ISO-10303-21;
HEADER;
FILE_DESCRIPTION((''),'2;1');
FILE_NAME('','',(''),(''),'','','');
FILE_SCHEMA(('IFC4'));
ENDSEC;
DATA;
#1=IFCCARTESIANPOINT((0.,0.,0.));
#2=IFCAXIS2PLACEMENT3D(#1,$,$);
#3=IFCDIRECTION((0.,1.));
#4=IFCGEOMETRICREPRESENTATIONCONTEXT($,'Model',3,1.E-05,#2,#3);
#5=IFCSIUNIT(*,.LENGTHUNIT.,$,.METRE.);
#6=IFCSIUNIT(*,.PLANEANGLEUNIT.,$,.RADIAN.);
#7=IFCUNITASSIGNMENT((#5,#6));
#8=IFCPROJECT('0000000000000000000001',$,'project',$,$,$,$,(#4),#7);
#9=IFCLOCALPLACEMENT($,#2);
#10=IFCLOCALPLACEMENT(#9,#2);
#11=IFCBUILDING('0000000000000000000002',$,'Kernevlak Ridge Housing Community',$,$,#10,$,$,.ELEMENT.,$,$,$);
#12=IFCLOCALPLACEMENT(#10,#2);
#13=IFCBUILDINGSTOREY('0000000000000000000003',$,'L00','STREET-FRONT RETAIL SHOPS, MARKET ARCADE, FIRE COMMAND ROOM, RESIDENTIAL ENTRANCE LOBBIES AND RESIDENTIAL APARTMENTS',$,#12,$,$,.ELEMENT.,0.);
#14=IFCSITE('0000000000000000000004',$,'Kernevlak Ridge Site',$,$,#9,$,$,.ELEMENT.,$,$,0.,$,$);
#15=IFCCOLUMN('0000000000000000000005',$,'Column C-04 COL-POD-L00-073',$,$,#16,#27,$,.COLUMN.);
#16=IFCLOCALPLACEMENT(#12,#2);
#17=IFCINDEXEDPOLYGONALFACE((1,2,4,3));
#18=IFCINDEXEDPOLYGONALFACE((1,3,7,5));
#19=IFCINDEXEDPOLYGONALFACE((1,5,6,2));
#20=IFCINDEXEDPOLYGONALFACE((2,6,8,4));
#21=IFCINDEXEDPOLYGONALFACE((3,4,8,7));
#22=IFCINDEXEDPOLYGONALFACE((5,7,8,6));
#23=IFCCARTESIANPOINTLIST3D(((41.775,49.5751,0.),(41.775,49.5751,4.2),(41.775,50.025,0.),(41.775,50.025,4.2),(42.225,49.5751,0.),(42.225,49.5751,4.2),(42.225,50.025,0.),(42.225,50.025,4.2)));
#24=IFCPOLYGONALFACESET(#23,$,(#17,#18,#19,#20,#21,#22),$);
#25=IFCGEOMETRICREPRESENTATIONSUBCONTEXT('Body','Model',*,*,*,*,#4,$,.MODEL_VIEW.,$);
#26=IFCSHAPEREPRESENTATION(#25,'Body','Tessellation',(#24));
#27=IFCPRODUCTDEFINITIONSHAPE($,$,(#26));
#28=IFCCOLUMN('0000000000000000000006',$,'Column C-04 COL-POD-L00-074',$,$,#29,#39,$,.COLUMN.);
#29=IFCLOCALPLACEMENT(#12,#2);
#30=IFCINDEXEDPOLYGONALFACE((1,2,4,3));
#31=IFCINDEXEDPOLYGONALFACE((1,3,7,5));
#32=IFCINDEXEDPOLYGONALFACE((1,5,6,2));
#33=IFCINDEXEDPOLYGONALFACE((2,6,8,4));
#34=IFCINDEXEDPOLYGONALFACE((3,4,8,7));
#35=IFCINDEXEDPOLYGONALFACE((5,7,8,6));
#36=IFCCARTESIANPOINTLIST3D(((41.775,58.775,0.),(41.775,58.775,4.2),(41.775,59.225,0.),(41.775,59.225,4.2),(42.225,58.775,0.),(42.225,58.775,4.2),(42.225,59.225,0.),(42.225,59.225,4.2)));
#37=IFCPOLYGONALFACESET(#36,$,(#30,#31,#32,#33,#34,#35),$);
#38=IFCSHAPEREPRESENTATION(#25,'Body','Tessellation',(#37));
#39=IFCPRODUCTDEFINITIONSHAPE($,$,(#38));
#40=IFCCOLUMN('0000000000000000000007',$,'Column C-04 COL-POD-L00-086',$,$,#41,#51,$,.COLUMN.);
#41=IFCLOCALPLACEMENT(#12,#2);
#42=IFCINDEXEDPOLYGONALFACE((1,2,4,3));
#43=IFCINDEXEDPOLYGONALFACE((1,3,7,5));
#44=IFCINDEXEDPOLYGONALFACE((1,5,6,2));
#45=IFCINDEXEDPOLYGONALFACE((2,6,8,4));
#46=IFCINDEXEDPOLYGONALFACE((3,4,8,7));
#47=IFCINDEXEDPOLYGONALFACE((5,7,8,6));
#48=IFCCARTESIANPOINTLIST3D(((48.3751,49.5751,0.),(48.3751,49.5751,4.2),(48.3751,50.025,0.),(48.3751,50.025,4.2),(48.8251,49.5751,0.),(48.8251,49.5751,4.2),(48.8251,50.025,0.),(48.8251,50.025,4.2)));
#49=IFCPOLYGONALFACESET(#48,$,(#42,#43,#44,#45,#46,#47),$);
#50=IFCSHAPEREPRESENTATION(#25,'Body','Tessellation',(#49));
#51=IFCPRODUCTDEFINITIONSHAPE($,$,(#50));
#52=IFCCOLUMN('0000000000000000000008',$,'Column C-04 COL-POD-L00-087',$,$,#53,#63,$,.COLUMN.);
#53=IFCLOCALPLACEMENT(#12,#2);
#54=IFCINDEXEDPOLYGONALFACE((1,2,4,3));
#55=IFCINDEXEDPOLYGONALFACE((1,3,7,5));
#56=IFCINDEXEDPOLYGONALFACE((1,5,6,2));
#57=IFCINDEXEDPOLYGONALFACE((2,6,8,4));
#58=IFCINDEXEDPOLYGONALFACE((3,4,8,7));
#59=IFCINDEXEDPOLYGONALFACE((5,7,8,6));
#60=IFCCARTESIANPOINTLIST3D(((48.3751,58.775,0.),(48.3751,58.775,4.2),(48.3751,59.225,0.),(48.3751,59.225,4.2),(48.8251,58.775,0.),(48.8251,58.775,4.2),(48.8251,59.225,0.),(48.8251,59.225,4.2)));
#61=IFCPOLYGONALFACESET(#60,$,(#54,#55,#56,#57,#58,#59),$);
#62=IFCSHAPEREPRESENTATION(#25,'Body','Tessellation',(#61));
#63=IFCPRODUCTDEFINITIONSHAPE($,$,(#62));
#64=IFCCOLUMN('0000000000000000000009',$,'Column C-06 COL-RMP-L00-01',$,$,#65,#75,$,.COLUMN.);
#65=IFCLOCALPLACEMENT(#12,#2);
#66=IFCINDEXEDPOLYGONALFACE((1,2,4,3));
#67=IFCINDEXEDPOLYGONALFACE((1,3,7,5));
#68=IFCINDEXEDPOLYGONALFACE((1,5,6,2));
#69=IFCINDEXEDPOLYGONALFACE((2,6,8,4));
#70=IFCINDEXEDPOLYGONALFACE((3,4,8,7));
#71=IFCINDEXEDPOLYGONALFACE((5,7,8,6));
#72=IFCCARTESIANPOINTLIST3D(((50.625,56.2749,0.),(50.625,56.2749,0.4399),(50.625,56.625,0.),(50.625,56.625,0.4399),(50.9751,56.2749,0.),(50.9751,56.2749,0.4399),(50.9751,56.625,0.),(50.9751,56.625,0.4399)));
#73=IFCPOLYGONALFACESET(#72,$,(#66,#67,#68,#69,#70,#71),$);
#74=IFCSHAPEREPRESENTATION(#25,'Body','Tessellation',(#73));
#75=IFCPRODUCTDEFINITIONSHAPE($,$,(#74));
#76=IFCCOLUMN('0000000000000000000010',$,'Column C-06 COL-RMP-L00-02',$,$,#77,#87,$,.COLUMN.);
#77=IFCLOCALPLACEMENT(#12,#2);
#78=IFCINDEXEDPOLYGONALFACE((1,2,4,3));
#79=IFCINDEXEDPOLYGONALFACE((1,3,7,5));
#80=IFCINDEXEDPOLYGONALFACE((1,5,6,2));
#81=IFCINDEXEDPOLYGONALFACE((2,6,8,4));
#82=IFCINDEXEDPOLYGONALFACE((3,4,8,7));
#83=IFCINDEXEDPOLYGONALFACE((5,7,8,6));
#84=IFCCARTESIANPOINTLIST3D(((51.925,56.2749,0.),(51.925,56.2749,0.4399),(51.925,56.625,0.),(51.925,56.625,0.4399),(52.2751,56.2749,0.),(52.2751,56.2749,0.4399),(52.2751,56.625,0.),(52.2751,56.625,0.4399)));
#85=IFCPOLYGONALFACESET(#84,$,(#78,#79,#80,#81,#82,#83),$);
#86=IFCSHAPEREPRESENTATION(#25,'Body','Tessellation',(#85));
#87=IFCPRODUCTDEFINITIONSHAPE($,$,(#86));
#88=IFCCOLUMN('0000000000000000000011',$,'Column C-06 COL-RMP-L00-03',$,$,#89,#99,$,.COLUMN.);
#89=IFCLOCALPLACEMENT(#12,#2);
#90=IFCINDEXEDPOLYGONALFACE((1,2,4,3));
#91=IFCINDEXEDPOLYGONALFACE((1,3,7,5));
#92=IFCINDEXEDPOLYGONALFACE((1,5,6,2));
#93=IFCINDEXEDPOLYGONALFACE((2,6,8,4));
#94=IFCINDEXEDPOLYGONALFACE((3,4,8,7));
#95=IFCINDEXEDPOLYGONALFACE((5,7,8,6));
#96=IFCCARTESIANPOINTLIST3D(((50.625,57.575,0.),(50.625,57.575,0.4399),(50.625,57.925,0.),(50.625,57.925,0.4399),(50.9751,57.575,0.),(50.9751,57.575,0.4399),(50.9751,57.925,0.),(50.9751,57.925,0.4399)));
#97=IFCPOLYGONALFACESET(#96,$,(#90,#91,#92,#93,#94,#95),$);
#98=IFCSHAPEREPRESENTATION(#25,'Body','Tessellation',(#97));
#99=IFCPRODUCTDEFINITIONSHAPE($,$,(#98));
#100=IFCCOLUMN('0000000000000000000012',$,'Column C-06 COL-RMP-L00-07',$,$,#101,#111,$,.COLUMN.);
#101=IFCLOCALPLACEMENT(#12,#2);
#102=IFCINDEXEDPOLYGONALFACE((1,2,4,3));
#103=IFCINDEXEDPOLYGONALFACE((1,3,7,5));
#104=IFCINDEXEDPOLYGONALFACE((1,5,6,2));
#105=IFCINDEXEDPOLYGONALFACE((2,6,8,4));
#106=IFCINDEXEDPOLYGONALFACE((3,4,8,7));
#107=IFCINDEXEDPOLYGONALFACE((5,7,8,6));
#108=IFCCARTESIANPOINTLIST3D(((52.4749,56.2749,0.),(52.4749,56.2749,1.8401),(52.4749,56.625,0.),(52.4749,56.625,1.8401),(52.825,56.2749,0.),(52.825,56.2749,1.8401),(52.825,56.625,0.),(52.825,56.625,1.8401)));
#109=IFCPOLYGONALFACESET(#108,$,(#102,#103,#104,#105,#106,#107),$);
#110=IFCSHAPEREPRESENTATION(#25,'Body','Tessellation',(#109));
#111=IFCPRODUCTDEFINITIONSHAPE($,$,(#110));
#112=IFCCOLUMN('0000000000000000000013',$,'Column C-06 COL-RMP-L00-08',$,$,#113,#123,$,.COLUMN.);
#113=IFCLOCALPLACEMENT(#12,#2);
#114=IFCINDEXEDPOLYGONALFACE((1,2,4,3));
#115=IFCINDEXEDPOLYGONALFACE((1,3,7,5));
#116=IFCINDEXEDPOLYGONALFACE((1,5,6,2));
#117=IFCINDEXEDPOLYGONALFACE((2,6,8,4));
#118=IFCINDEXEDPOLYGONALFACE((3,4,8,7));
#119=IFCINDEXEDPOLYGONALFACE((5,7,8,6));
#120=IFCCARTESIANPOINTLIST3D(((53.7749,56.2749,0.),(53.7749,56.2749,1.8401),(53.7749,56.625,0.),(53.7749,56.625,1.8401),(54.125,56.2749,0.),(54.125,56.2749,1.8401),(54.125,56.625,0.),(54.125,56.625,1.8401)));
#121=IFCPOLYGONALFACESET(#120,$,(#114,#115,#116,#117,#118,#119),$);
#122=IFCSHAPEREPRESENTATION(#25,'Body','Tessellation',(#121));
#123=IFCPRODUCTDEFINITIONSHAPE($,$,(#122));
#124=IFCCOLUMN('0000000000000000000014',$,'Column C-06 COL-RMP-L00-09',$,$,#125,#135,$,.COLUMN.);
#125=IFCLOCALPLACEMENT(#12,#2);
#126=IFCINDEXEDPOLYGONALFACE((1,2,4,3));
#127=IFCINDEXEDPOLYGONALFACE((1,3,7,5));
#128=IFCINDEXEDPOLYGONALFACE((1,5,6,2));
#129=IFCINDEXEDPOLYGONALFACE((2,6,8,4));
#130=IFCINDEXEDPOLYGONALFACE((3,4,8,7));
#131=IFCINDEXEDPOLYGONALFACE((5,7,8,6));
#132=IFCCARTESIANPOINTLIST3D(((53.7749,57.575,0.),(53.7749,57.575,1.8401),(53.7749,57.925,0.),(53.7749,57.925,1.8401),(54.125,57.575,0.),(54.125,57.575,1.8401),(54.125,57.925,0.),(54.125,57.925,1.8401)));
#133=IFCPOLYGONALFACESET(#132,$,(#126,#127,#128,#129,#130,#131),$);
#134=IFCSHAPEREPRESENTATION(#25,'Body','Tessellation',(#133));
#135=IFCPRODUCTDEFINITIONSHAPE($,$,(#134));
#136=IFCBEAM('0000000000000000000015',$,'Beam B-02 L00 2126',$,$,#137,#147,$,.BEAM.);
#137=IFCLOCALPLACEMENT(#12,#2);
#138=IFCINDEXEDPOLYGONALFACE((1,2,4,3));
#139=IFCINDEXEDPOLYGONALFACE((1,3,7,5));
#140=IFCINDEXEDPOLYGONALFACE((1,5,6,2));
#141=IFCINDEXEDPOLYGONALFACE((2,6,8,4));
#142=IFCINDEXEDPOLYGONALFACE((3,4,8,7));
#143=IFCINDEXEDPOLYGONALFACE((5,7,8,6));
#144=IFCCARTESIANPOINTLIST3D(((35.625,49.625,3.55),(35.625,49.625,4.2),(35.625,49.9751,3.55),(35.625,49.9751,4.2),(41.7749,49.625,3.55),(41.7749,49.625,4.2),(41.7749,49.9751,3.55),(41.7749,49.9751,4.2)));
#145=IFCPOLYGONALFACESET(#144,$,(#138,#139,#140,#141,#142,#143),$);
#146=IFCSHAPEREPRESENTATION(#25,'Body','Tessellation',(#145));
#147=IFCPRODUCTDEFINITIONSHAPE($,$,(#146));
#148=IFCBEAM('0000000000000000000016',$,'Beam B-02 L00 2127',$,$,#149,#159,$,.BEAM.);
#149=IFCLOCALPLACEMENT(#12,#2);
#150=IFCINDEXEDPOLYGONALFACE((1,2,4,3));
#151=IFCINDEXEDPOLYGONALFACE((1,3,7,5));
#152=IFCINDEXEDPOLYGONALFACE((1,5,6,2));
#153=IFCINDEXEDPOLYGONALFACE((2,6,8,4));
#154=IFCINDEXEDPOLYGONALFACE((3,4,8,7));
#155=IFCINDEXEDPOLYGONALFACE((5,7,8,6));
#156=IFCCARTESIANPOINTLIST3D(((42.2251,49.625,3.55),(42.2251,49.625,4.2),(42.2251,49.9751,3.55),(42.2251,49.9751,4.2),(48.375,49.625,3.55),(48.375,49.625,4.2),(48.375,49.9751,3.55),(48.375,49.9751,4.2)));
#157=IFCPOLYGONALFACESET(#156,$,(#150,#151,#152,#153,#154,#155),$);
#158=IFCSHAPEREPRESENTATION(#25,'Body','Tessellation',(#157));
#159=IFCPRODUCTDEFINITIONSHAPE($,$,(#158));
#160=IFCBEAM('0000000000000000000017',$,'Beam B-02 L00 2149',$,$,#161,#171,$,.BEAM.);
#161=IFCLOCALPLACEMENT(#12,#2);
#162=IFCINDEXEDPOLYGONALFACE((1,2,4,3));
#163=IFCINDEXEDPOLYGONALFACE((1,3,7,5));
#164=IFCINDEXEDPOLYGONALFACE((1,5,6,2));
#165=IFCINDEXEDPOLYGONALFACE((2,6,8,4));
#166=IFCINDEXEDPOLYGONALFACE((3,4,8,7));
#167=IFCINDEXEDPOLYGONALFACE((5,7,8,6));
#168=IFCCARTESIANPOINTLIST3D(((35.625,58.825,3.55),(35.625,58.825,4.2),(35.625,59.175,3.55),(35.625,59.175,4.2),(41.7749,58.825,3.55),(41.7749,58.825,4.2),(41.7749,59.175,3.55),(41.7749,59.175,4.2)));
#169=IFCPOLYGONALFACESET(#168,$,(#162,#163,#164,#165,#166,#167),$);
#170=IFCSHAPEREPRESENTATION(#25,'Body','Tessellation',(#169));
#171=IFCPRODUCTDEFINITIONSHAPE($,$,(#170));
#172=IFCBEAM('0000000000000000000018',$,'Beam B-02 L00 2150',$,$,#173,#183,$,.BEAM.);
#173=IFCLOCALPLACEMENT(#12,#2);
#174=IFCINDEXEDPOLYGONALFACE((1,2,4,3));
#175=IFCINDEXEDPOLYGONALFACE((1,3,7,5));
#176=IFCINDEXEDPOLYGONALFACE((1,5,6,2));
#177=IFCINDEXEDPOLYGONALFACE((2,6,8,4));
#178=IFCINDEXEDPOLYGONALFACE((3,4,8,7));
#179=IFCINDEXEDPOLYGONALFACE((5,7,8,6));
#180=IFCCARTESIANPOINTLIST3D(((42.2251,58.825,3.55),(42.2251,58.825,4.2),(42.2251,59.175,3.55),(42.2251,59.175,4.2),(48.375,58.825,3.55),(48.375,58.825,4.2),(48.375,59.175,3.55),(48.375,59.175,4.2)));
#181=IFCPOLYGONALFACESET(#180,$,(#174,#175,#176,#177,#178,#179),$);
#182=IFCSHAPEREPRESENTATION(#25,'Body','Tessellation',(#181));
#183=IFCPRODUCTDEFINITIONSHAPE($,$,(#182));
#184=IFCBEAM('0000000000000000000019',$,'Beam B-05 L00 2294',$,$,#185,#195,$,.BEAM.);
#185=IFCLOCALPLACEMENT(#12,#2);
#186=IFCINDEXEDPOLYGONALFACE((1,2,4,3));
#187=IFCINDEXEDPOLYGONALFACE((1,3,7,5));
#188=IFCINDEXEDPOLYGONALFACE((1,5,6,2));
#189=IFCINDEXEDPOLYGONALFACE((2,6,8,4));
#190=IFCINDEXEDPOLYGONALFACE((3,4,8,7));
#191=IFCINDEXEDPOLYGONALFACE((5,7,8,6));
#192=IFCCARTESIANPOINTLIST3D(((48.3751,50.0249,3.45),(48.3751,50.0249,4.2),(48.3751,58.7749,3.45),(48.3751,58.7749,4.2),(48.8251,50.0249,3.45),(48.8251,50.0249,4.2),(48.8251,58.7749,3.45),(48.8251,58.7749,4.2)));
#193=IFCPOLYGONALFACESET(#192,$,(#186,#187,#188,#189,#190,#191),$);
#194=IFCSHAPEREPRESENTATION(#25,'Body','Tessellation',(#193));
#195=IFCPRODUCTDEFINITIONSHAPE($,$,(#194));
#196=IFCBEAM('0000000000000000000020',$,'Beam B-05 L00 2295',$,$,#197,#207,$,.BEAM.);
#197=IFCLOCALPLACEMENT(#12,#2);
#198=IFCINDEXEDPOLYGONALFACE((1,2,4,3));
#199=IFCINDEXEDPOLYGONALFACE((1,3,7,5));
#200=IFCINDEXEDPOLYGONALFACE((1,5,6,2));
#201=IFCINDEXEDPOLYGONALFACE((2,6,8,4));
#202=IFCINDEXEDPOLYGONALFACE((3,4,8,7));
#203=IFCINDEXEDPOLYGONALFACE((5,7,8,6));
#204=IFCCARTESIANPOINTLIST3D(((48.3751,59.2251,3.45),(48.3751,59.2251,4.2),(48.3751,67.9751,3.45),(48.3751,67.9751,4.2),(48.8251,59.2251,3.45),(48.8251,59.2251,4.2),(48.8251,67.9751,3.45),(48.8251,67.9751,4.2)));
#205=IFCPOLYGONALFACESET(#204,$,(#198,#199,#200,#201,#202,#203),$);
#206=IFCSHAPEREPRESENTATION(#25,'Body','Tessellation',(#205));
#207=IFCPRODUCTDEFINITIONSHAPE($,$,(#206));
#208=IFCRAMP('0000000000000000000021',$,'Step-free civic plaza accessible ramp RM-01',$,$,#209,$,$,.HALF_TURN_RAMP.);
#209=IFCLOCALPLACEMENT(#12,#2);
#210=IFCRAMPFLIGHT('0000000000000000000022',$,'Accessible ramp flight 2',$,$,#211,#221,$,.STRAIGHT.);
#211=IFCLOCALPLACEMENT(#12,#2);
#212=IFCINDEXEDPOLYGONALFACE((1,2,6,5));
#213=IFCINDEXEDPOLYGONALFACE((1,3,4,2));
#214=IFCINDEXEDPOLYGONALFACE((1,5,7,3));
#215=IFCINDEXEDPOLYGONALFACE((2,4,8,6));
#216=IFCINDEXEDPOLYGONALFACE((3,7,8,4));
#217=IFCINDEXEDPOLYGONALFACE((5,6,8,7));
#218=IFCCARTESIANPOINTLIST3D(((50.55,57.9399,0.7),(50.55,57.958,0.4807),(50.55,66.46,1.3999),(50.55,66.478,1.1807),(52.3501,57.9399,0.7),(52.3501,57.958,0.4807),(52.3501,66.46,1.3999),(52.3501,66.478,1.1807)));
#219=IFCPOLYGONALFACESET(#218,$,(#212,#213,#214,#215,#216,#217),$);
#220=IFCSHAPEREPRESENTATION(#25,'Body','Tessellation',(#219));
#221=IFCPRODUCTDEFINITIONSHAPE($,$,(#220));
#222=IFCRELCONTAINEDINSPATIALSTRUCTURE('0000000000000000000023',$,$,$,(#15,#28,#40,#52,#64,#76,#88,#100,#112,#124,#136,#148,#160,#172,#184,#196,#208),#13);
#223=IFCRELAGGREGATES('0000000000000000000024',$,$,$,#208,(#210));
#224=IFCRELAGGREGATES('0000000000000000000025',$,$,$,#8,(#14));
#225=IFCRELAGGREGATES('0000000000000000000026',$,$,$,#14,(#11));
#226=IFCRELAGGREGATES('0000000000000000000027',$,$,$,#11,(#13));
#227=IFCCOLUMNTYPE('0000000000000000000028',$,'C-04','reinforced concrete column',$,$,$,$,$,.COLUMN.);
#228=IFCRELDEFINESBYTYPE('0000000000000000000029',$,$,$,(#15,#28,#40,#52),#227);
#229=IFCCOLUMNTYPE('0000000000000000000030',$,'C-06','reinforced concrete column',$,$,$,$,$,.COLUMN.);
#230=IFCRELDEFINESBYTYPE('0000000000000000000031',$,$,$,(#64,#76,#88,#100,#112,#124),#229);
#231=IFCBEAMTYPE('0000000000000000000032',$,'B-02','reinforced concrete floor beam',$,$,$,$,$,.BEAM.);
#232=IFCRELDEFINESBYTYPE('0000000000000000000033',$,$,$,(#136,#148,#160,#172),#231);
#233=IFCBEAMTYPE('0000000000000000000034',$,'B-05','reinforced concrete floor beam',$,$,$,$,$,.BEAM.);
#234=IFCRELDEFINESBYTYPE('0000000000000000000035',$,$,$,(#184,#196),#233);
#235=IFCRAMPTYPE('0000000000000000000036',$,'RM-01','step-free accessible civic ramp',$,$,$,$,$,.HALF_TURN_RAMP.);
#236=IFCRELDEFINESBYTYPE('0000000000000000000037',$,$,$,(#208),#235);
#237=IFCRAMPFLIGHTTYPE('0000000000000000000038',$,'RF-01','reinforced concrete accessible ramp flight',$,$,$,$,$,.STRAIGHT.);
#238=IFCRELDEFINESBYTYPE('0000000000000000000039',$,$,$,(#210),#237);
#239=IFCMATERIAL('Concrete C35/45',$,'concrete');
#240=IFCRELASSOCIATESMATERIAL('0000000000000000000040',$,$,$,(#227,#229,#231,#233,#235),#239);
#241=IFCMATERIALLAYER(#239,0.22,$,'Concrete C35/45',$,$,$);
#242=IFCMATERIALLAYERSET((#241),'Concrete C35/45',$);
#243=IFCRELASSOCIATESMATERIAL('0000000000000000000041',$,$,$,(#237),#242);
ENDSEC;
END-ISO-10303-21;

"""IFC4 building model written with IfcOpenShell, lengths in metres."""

from ifc_helpers import new_model, si_unit, direction, frame, origin, origin_2d, place, context, subcontext, project, spatial, polyline, rectangle, outline, extrude, material, layer, layer_set, material_profile, profile_set, type_object, element, aggregate, save


model = new_model("IFC4")

# Units and contexts
model_context = context("Model", 3, precision=1e-05, world=origin(), true_north=direction((0.0, 1.0)))
body_context = subcontext(model_context, "Body", "Model", "MODEL_VIEW")
ifc_project = project(units=[si_unit("LENGTHUNIT", "METRE"), si_unit("PLANEANGLEUNIT", "RADIAN")], contexts=[model_context])

# Site, building, storey
site_placement = place(None, origin())
site = spatial("IfcSite", under=ifc_project, at=site_placement, Name="Kernevlak Ridge Site", CompositionType="ELEMENT", RefElevation=0.0)
building_placement = place(site_placement, origin())
building = spatial("IfcBuilding", under=site, at=building_placement, Name="Kernevlak Ridge Housing Community", CompositionType="ELEMENT")
storey_placement = place(building_placement, origin())
storey = spatial("IfcBuildingStorey", under=building, at=storey_placement, Name="L00", Description="STREET-FRONT RETAIL SHOPS, MARKET ARCADE, FIRE COMMAND ROOM, RESIDENTIAL ENTRANCE LOBBIES AND RESIDENTIAL APARTMENTS", CompositionType="ELEMENT", Elevation=0.0)

# Columns
ifc_material_1 = material(Name="Concrete C35/45", Category="concrete")
ifc_material_profile_1 = material_profile(ifc_material_1, rectangle(XDim=0.45, YDim=0.45, at=origin_2d()), Name="RC 450x450")
ifc_profile_set_1 = profile_set([ifc_material_profile_1], Name="Concrete C35/45")
column_type_1 = type_object("IfcColumnType", Name="C-04", Description="reinforced concrete column", PredefinedType="COLUMN", material=ifc_profile_set_1)
for number, where, z_axis, x_axis, name in (
    (1, (42.0, 49.8, 0.0), (0.0, 0.0, 1.0), (1.0, 0.0, 0.0), "Column C-04 COL-POD-L00-073"),
    (2, (42.0, 59.0, 0.0), (0.0, 0.0, 1.0), (1.0, 0.0, 0.0), "Column C-04 COL-POD-L00-074"),
    (3, (48.6001, 49.8, 0.0), (0.0, 0.0, 1.0), (1.0, 0.0, 0.0), "Column C-04 COL-POD-L00-086"),
    (4, (48.6001, 59.0, 0.0), (0.0, 0.0, 1.0), (1.0, 0.0, 0.0), "Column C-04 COL-POD-L00-087"),
):
    element("IfcColumn", number, at=place(storey_placement, frame(where, z_axis=z_axis, x_axis=x_axis)), inside=storey, type_object=column_type_1, Name=name, PredefinedType="COLUMN", context=body_context, shape_type="SweptSolid", body=[
        extrude(rectangle(XDim=0.45, YDim=0.45, at=origin_2d()), origin(), (0.0, 0.0, 1.0), 4.2),
    ])
ifc_material_profile_2 = material_profile(ifc_material_1, rectangle(XDim=0.3501, YDim=0.3501, at=origin_2d()), Name="RC 350x350")
ifc_profile_set_2 = profile_set([ifc_material_profile_2], Name="Concrete C35/45")
column_type_2 = type_object("IfcColumnType", Name="C-06", Description="reinforced concrete column", PredefinedType="COLUMN", material=ifc_profile_set_2)
for number, where, z_axis, x_axis, name in (
    (5, (50.8, 56.45, 0.0), (0.0, 0.0, 1.0), (1.0, 0.0, 0.0), "Column C-06 COL-RMP-L00-01"),
    (6, (52.1001, 56.45, 0.0), (0.0, 0.0, 1.0), (1.0, 0.0, 0.0), "Column C-06 COL-RMP-L00-02"),
    (7, (50.8, 57.75, 0.0), (0.0, 0.0, 1.0), (1.0, 0.0, 0.0), "Column C-06 COL-RMP-L00-03"),
):
    element("IfcColumn", number, at=place(storey_placement, frame(where, z_axis=z_axis, x_axis=x_axis)), inside=storey, type_object=column_type_2, Name=name, PredefinedType="COLUMN", context=body_context, shape_type="SweptSolid", body=[
        extrude(rectangle(XDim=0.3501, YDim=0.3501, at=origin_2d()), origin(), (0.0, 0.0, 1.0), 0.4399),
    ])
for number, where, z_axis, x_axis, name in (
    (8, (52.6499, 56.45, 0.0), (0.0, 0.0, 1.0), (1.0, 0.0, 0.0), "Column C-06 COL-RMP-L00-07"),
    (9, (53.95, 56.45, 0.0), (0.0, 0.0, 1.0), (1.0, 0.0, 0.0), "Column C-06 COL-RMP-L00-08"),
    (10, (53.95, 57.75, 0.0), (0.0, 0.0, 1.0), (1.0, 0.0, 0.0), "Column C-06 COL-RMP-L00-09"),
):
    element("IfcColumn", number, at=place(storey_placement, frame(where, z_axis=z_axis, x_axis=x_axis)), inside=storey, type_object=column_type_2, Name=name, PredefinedType="COLUMN", context=body_context, shape_type="SweptSolid", body=[
        extrude(rectangle(XDim=0.3501, YDim=0.3501, at=origin_2d()), origin(), (0.0, 0.0, 1.0), 1.8401),
    ])

# Beams
ifc_material_profile_3 = material_profile(ifc_material_1, rectangle(XDim=0.3501, YDim=0.6499, at=origin_2d()), Name="RC 350x650")
ifc_profile_set_3 = profile_set([ifc_material_profile_3], Name="Concrete C35/45")
beam_type_1 = type_object("IfcBeamType", Name="B-02", Description="reinforced concrete floor beam", PredefinedType="BEAM", material=ifc_profile_set_3)
for number, where, z_axis, x_axis, name in (
    (11, (35.625, 49.8, 3.875), (1.0, 0.0, 0.0), (0.0, 1.0, 0.0), "Beam B-02 L00 2126"),
    (12, (42.2251, 49.8, 3.875), (1.0, 0.0, 0.0), (0.0, 1.0, 0.0), "Beam B-02 L00 2127"),
    (13, (35.625, 59.0, 3.875), (1.0, 0.0, 0.0), (0.0, 1.0, 0.0), "Beam B-02 L00 2149"),
    (14, (42.2251, 59.0, 3.875), (1.0, 0.0, 0.0), (0.0, 1.0, 0.0), "Beam B-02 L00 2150"),
):
    element("IfcBeam", number, at=place(storey_placement, frame(where, z_axis=z_axis, x_axis=x_axis)), inside=storey, type_object=beam_type_1, Name=name, PredefinedType="BEAM", context=body_context, shape_type="SweptSolid", body=[
        extrude(rectangle(XDim=0.3501, YDim=0.6499, at=origin_2d()), origin(), (0.0, 0.0, 1.0), 6.1499),
    ])
ifc_material_profile_4 = material_profile(ifc_material_1, rectangle(XDim=0.45, YDim=0.75, at=origin_2d()), Name="RC 450x750")
ifc_profile_set_4 = profile_set([ifc_material_profile_4], Name="Concrete C35/45")
beam_type_2 = type_object("IfcBeamType", Name="B-05", Description="reinforced concrete floor beam", PredefinedType="BEAM", material=ifc_profile_set_4)
for number, where, z_axis, x_axis, name in (
    (15, (48.6001, 50.0249, 3.825), (0.0, 1.0, 0.0), (-1.0, 0.0, 0.0), "Beam B-05 L00 2294"),
    (16, (48.6001, 59.2251, 3.825), (0.0, 1.0, 0.0), (-1.0, 0.0, 0.0), "Beam B-05 L00 2295"),
):
    element("IfcBeam", number, at=place(storey_placement, frame(where, z_axis=z_axis, x_axis=x_axis)), inside=storey, type_object=beam_type_2, Name=name, PredefinedType="BEAM", context=body_context, shape_type="SweptSolid", body=[
        extrude(rectangle(XDim=0.45, YDim=0.75, at=origin_2d()), origin(), (0.0, 0.0, 1.0), 8.75),
    ])

# Ramp, ramp flight
ramp_type = type_object("IfcRampType", Name="RM-01", Description="step-free accessible civic ramp", PredefinedType="HALF_TURN_RAMP", material=ifc_material_1)
ramp_placement = place(storey_placement, origin())
ramp = element("IfcRamp", 17, at=ramp_placement, inside=storey, type_object=ramp_type, Name="Step-free civic plaza accessible ramp RM-01", PredefinedType="HALF_TURN_RAMP")
ifc_layer = layer(ifc_material_1, 0.22, Name="Concrete C35/45")
ifc_layer_set = layer_set([ifc_layer], Name="Concrete C35/45")
ramp_flight_type = type_object("IfcRampFlightType", Name="RF-01", Description="reinforced concrete accessible ramp flight", PredefinedType="STRAIGHT", material=ifc_layer_set)
ramp_flight_1_placement = place(storey_placement, frame((50.55, 57.9399, 0.7), z_axis=(0.0, -0.081878, 0.996642), x_axis=(1.0, 0.0, 0.0)))
ramp_flight_1 = element("IfcRampFlight", 18, at=ramp_flight_1_placement, type_object=ramp_flight_type, Name="Accessible ramp flight 2", PredefinedType="STRAIGHT", context=body_context, shape_type="SweptSolid", body=[
    extrude(outline(polyline([(0.0, 0.0), (1.8, 0.0), (1.8, 8.5487), (0.0, 8.5487), (0.0, 0.0)])), origin(), (0.0, 0.0, -1.0), 0.22),
])
aggregate(ramp, [ramp_flight_1])

save(model, "model.ifc")
